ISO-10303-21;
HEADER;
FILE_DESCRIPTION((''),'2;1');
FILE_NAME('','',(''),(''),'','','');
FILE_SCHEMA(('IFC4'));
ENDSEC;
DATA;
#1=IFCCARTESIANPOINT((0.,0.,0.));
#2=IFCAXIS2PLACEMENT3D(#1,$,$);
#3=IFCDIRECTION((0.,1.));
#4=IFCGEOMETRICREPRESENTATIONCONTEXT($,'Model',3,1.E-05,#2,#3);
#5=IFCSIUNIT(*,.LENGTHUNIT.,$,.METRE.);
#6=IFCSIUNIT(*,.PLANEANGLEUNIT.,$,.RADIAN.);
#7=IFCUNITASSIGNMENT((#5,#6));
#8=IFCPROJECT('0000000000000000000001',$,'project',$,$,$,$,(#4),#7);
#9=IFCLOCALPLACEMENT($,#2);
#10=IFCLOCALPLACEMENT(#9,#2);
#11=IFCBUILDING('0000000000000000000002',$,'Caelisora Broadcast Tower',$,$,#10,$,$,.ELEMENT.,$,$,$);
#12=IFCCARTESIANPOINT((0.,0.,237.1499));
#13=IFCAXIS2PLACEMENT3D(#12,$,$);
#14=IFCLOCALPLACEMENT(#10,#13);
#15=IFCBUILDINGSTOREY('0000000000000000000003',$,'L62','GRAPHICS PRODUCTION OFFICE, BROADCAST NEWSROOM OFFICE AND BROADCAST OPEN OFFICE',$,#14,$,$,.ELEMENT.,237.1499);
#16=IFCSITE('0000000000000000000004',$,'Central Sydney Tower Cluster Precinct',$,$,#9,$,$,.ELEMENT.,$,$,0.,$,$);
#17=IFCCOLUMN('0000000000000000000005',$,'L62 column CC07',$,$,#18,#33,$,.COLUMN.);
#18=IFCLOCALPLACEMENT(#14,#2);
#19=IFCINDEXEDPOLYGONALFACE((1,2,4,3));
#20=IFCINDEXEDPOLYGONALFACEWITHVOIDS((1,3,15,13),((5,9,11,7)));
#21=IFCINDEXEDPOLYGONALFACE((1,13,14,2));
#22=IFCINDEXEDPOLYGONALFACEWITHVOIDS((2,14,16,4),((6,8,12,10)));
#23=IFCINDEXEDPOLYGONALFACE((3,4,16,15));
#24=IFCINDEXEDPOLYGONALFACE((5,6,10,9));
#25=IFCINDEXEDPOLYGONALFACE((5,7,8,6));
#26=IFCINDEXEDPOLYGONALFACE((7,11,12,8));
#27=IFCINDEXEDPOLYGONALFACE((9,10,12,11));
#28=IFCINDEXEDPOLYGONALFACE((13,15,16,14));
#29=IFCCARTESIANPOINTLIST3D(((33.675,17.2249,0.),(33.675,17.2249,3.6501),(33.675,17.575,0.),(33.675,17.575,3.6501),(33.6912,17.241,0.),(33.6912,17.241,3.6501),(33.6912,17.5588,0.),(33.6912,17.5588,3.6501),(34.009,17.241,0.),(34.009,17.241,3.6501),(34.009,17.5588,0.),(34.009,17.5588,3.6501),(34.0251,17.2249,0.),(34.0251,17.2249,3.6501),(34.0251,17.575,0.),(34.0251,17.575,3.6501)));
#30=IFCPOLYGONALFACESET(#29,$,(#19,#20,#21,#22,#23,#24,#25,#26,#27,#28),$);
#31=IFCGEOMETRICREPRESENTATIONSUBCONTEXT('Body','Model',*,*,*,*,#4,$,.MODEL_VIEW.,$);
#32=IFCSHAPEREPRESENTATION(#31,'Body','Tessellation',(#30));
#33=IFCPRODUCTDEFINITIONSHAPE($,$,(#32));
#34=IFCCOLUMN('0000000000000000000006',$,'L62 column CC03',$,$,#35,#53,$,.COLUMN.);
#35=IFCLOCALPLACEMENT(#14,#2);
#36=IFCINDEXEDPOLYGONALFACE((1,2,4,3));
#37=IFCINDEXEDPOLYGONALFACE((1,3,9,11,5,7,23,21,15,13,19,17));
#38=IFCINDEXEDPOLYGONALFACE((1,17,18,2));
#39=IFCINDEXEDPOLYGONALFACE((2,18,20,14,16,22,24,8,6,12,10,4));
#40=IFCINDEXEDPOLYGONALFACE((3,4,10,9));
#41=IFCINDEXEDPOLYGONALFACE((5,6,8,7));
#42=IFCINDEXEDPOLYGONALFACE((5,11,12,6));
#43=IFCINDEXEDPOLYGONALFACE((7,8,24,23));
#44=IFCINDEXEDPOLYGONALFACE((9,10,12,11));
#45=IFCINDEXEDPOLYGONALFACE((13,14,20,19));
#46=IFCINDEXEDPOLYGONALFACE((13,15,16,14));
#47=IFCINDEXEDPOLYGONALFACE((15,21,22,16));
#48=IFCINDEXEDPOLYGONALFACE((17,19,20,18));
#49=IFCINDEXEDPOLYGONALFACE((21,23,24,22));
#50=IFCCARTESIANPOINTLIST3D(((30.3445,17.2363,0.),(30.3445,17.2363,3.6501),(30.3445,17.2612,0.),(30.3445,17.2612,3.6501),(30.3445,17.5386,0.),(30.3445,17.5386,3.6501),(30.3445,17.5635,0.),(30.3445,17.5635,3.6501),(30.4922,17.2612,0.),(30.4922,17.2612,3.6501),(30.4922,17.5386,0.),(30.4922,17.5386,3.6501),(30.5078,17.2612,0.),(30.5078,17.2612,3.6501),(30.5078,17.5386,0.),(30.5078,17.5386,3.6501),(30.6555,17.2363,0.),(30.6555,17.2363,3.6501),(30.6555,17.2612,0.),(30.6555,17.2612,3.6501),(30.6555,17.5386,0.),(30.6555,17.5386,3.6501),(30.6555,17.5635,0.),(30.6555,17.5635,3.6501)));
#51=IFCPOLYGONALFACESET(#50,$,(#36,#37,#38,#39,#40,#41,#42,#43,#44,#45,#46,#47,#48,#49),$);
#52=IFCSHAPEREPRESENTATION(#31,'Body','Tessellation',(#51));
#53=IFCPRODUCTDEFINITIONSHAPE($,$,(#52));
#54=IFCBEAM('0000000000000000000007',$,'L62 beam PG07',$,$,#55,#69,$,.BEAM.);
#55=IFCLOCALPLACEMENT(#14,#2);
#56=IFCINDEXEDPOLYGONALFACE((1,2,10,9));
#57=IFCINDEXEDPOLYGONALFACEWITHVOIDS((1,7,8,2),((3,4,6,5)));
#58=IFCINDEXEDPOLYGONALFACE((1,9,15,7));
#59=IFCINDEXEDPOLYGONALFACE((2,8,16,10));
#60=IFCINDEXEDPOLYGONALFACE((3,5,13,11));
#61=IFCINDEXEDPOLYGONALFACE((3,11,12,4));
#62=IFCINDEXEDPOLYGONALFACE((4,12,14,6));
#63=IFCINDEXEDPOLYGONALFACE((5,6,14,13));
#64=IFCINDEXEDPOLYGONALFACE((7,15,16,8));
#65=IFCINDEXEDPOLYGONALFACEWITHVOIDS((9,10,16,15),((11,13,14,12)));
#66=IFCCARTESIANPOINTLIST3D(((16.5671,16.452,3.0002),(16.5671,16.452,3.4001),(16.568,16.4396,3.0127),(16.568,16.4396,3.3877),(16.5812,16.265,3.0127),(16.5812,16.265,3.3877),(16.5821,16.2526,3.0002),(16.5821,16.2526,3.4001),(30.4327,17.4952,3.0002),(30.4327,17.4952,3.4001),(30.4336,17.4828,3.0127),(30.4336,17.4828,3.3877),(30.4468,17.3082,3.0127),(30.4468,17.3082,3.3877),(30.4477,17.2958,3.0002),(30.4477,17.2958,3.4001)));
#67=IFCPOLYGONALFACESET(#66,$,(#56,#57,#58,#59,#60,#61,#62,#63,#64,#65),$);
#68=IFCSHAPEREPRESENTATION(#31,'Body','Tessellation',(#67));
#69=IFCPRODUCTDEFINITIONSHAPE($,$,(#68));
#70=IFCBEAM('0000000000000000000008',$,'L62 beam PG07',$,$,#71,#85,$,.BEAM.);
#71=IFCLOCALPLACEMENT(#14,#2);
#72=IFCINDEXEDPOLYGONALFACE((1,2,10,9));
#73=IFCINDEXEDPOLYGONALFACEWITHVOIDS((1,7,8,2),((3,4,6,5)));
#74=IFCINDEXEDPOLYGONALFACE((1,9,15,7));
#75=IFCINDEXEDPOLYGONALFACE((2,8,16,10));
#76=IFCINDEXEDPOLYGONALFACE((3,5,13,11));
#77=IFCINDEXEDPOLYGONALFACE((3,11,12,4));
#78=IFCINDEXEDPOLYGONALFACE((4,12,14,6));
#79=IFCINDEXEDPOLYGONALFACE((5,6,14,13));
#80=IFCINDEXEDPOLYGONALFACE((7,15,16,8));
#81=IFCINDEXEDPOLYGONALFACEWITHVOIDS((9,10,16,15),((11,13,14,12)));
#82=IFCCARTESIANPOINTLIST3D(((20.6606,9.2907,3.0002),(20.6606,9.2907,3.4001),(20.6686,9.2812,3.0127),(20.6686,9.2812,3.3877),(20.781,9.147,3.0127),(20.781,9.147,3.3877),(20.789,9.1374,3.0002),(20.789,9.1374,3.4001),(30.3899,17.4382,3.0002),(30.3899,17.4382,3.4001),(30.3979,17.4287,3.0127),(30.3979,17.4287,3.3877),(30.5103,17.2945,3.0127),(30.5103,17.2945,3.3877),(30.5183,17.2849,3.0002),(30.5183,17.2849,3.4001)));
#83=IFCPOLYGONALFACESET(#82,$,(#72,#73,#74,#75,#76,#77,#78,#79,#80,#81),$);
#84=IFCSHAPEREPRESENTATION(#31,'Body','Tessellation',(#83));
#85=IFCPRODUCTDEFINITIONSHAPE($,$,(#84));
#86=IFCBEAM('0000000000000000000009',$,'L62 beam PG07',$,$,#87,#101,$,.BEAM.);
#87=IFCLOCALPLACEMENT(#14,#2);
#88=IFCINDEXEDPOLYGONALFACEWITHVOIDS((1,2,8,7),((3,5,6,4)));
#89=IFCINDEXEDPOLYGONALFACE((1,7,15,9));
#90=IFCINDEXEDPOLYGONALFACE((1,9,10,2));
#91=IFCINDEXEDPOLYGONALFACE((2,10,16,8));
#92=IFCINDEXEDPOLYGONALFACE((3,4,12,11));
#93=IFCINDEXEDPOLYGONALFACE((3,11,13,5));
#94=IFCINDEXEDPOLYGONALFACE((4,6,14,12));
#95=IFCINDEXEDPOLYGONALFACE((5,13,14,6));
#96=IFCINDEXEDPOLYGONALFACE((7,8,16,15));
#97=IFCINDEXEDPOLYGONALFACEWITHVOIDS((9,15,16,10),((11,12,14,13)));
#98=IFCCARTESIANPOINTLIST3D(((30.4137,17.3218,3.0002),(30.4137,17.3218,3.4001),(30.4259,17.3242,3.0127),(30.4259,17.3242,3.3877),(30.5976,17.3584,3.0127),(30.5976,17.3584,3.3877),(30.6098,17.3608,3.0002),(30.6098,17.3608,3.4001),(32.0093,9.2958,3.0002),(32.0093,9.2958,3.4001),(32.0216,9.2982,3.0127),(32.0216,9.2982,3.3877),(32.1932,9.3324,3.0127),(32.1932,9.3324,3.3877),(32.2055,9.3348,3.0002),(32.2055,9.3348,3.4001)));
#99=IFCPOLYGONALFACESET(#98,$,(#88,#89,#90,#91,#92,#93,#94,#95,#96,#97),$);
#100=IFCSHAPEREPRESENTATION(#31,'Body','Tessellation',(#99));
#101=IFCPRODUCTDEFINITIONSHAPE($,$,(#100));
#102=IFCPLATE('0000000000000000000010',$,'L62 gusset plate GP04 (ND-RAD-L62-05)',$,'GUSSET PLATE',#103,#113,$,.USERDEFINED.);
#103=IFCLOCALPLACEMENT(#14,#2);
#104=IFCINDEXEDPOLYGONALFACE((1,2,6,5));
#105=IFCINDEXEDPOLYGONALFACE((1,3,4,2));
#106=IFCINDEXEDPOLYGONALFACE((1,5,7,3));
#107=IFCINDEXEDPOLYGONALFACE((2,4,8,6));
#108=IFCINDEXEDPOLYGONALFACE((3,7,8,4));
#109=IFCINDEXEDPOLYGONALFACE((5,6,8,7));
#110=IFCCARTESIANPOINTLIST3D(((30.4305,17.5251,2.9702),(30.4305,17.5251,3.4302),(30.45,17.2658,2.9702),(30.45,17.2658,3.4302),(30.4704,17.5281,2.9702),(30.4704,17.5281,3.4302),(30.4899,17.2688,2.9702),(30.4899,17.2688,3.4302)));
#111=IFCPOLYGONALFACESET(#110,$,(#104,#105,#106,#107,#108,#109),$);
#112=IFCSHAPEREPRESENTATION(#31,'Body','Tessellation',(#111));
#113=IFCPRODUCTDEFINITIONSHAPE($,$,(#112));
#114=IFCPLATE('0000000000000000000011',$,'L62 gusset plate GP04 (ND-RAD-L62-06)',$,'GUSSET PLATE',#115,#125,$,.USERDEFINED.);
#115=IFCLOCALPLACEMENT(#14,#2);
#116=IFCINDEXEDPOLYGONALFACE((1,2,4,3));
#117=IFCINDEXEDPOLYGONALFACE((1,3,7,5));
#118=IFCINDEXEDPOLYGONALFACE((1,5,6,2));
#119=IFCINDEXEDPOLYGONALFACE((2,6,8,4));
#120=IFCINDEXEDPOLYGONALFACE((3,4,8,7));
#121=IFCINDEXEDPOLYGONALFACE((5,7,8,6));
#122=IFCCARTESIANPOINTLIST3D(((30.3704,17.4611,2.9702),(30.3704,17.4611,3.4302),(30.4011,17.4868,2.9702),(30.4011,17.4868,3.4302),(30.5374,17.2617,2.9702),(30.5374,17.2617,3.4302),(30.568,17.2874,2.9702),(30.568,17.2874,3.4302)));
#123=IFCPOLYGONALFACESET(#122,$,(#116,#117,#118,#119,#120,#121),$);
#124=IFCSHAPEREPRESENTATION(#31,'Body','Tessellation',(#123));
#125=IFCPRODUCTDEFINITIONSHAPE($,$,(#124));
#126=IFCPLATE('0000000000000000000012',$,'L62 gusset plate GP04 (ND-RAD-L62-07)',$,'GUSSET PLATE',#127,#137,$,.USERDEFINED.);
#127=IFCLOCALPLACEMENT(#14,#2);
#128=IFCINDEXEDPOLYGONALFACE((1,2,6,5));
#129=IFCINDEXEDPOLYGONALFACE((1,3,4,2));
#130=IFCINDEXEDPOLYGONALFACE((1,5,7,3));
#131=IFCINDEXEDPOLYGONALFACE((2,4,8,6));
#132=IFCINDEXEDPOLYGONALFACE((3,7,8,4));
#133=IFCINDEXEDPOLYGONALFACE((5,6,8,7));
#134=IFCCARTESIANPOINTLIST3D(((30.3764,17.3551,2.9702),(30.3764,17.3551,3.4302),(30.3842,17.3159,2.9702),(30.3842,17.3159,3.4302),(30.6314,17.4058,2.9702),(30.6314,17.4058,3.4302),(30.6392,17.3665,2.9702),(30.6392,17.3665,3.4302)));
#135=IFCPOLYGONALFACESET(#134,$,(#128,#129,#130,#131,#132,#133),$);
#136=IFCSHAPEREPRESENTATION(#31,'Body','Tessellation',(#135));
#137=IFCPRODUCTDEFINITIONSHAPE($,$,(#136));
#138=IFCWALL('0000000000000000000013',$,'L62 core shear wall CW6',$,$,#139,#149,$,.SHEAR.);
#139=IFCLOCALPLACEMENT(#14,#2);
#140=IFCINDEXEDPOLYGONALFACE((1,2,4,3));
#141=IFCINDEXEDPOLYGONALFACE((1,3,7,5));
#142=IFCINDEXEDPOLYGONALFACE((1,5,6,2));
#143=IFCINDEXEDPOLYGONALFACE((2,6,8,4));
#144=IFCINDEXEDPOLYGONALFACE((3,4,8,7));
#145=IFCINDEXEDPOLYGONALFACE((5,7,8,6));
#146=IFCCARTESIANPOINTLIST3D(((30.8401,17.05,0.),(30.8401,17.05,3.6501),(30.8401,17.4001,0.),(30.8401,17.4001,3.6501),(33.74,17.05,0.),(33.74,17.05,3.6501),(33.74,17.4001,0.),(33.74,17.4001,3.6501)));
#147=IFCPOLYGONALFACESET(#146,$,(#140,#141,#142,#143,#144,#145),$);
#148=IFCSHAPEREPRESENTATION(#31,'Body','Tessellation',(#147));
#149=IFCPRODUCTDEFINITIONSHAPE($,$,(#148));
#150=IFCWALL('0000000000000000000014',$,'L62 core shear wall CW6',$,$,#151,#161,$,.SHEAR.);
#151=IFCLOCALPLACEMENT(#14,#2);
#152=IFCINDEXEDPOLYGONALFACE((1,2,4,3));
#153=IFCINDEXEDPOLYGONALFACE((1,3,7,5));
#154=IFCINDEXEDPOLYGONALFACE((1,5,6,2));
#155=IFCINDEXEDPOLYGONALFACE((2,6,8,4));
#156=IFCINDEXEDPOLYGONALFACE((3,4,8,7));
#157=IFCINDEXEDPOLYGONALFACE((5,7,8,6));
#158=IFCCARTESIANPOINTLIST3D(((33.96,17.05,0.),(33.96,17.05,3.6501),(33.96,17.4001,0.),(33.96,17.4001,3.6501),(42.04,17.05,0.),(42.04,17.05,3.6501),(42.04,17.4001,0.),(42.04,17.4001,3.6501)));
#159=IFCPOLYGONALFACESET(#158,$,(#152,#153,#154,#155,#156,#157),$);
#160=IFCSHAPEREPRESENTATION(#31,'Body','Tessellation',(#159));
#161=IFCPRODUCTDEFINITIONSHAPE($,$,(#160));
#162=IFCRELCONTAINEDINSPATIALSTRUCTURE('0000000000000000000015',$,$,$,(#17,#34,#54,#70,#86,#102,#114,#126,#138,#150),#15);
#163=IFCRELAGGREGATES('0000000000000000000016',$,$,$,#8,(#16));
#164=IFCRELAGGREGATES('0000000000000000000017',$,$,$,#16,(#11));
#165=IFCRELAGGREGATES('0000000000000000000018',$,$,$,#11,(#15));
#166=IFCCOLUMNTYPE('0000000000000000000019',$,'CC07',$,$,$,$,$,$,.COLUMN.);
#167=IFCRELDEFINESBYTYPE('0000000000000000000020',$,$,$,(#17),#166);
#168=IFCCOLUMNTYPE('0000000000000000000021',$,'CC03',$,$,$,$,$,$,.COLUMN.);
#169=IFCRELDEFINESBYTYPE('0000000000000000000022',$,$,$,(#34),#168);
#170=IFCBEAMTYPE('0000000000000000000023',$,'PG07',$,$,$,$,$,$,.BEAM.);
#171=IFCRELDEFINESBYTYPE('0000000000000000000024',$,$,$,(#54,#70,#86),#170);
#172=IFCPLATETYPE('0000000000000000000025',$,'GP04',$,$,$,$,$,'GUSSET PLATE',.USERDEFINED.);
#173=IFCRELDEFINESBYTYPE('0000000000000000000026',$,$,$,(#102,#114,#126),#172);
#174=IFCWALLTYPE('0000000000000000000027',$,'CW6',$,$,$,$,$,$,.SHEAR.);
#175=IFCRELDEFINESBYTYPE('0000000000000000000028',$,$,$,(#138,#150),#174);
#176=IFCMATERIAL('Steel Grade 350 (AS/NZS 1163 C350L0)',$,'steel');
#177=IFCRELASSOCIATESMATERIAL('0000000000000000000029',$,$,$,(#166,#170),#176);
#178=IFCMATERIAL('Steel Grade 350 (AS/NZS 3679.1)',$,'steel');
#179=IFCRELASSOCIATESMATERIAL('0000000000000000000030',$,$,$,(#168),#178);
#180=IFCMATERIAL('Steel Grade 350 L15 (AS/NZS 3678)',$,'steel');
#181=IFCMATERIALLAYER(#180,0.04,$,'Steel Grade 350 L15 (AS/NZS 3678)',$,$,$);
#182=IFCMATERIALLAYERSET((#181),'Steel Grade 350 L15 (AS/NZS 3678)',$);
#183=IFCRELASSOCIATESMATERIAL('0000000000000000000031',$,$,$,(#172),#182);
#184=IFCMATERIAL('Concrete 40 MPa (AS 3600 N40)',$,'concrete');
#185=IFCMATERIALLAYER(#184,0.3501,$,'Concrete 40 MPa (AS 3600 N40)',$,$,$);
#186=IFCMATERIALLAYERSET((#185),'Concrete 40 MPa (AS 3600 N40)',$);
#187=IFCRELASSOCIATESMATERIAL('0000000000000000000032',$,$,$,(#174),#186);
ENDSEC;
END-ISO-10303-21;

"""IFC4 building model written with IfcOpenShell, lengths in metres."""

from ifc_helpers import new_model, si_unit, direction, frame, frame_2d, origin, origin_2d, place, context, subcontext, project, spatial, rectangle, hollow_rectangle, i_section, extrude, source, transform, mapped, material, layer, layer_set, material_profile, profile_set, type_object, type_shapes, element, save


model = new_model("IFC4")

# Units and contexts
model_context = context("Model", 3, precision=1e-05, world=origin(), true_north=direction((0.0, 1.0)))
body_context = subcontext(model_context, "Body", "Model", "MODEL_VIEW")
ifc_project = project(units=[si_unit("LENGTHUNIT", "METRE"), si_unit("PLANEANGLEUNIT", "RADIAN")], contexts=[model_context])

# Site, building, storey
site_placement = place(None, origin())
site = spatial("IfcSite", under=ifc_project, at=site_placement, Name="Central Sydney Tower Cluster Precinct", CompositionType="ELEMENT", RefElevation=0.0)
building_placement = place(site_placement, origin())
building = spatial("IfcBuilding", under=site, at=building_placement, Name="Caelisora Broadcast Tower", CompositionType="ELEMENT")
storey_placement = place(building_placement, frame((0.0, 0.0, 237.1499)))
storey = spatial("IfcBuildingStorey", under=building, at=storey_placement, Name="L62", Description="GRAPHICS PRODUCTION OFFICE, BROADCAST NEWSROOM OFFICE AND BROADCAST OPEN OFFICE", CompositionType="ELEMENT", Elevation=237.1499)

# Columns
ifc_material_1 = material(Name="Steel Grade 350 (AS/NZS 1163 C350L0)", Category="steel")
ifc_material_profile_1 = material_profile(ifc_material_1, hollow_rectangle(XDim=0.3501, YDim=0.3501, WallThickness=0.0161, at=origin_2d()), Name="Steel Grade 350 (AS/NZS 1163 C350L0)")
ifc_profile_set_1 = profile_set([ifc_material_profile_1], Name="Steel Grade 350 (AS/NZS 1163 C350L0)")
column_type_1 = type_object("IfcColumnType", Name="CC07", PredefinedType="COLUMN", material=ifc_profile_set_1)
shared_shape_1 = source(origin(), body_context, "Body", "SweptSolid", [
    extrude(hollow_rectangle(XDim=0.3501, YDim=0.3501, WallThickness=0.0161, at=origin_2d()), origin(), (0.0, 0.0, 1.0), 3.6501),
])
type_shapes(column_type_1, [shared_shape_1])
column_1_placement = place(storey_placement, frame((33.8501, 17.3999, 0.0), z_axis=(0.0, 0.0, 1.0), x_axis=(1.0, 0.0, 0.0)))
element("IfcColumn", 1, at=column_1_placement, inside=storey, type_object=column_type_1, Name="L62 column CC07", PredefinedType="COLUMN", context=body_context, shape_type="MappedRepresentation", body=[
    mapped(shared_shape_1, transform((0.0, 0.0, 0.0), scale=1.0)),
])
ifc_material_2 = material(Name="Steel Grade 350 (AS/NZS 3679.1)", Category="steel")
ifc_material_profile_2 = material_profile(ifc_material_2, i_section(OverallWidth=0.311, OverallDepth=0.3271, WebThickness=0.0156, FlangeThickness=0.0249, at=origin_2d()), Name="Steel Grade 350 (AS/NZS 3679.1)")
ifc_profile_set_2 = profile_set([ifc_material_profile_2], Name="Steel Grade 350 (AS/NZS 3679.1)")
column_type_2 = type_object("IfcColumnType", Name="CC03", PredefinedType="COLUMN", material=ifc_profile_set_2)
shared_shape_2 = source(origin(), body_context, "Body", "SweptSolid", [
    extrude(i_section(OverallWidth=0.311, OverallDepth=0.3271, WebThickness=0.0156, FlangeThickness=0.0249, at=origin_2d()), origin(), (0.0, 0.0, 1.0), 3.6501),
])
type_shapes(column_type_2, [shared_shape_2])
column_2_placement = place(storey_placement, frame((30.5, 17.3999, 0.0), z_axis=(0.0, 0.0, 1.0), x_axis=(1.0, 0.0, 0.0)))
element("IfcColumn", 2, at=column_2_placement, inside=storey, type_object=column_type_2, Name="L62 column CC03", PredefinedType="COLUMN", context=body_context, shape_type="MappedRepresentation", body=[
    mapped(shared_shape_2, transform((0.0, 0.0, 0.0), scale=1.0)),
])

# Beams
ifc_material_profile_3 = material_profile(ifc_material_1, hollow_rectangle(XDim=0.2, YDim=0.3999, WallThickness=0.0125, at=origin_2d()), Name="Steel Grade 350 (AS/NZS 1163 C350L0)")
ifc_profile_set_3 = profile_set([ifc_material_profile_3], Name="Steel Grade 350 (AS/NZS 1163 C350L0)")
beam_type = type_object("IfcBeamType", Name="PG07", PredefinedType="BEAM", material=ifc_profile_set_3)
shared_shape_3 = source(origin(), body_context, "Body", "SweptSolid", [
    extrude(hollow_rectangle(XDim=0.2, YDim=0.3999, WallThickness=0.0125, at=origin_2d()), origin(), (0.0, 0.0, 1.0), 13.9048),
])
beam_1_placement = place(storey_placement, frame((30.4402, 17.3955, 3.2002), z_axis=(-0.997182, -0.075026, 0.0), x_axis=(0.075026, -0.997182, 0.0)))
element("IfcBeam", 3, at=beam_1_placement, inside=storey, type_object=beam_type, Name="L62 beam PG07", PredefinedType="BEAM", context=body_context, shape_type="MappedRepresentation", body=[
    mapped(shared_shape_3, transform((0.0, 0.0, 0.0), scale=1.0)),
])
shared_shape_4 = source(origin(), body_context, "Body", "SweptSolid", [
    extrude(hollow_rectangle(XDim=0.2, YDim=0.3999, WallThickness=0.0125, at=origin_2d()), origin(), (0.0, 0.0, 1.0), 12.6902),
])
beam_2_placement = place(storey_placement, frame((30.4541, 17.3616, 3.2002), z_axis=(-0.766678, -0.642031, 0.0), x_axis=(0.642031, -0.766678, 0.0)))
element("IfcBeam", 4, at=beam_2_placement, inside=storey, type_object=beam_type, Name="L62 beam PG07", PredefinedType="BEAM", context=body_context, shape_type="MappedRepresentation", body=[
    mapped(shared_shape_4, transform((0.0, 0.0, 0.0), scale=1.0)),
])
shared_shape_5 = source(origin(), body_context, "Body", "SweptSolid", [
    extrude(hollow_rectangle(XDim=0.2, YDim=0.3999, WallThickness=0.0125, at=origin_2d()), origin(), (0.0, 0.0, 1.0), 8.1831),
])
type_shapes(beam_type, [shared_shape_3, shared_shape_4, shared_shape_5])
beam_3_placement = place(storey_placement, frame((30.5117, 17.3413, 3.2002), z_axis=(0.194997, -0.980804, 0.0), x_axis=(0.980804, 0.194997, 0.0)))
element("IfcBeam", 5, at=beam_3_placement, inside=storey, type_object=beam_type, Name="L62 beam PG07", PredefinedType="BEAM", context=body_context, shape_type="MappedRepresentation", body=[
    mapped(shared_shape_5, transform((0.0, 0.0, 0.0), scale=1.0)),
])

# Plates
ifc_material_3 = material(Name="Steel Grade 350 L15 (AS/NZS 3678)", Category="steel")
ifc_layer_1 = layer(ifc_material_3, 0.04, Name="Steel Grade 350 L15 (AS/NZS 3678)")
ifc_layer_set_1 = layer_set([ifc_layer_1], Name="Steel Grade 350 L15 (AS/NZS 3678)")
plate_type = type_object("IfcPlateType", Name="GP04", ElementType="GUSSET PLATE", PredefinedType="USERDEFINED", material=ifc_layer_set_1)
shared_shape_6 = source(origin(), body_context, "Body", "SweptSolid", [
    extrude(rectangle(XDim=0.26, YDim=0.04, at=origin_2d()), origin(), (0.0, 0.0, 1.0), 0.46),
])
type_shapes(plate_type, [shared_shape_6])
for number, where, z_axis, x_axis, name in (
    (6, (30.4602, 17.397, 2.9702), (0.0, 0.0, 1.0), (0.074979, -0.997185, 0.0), "L62 gusset plate GP04 (ND-RAD-L62-05)"),
    (7, (30.4692, 17.3743, 2.9702), (0.0, 0.0, 1.0), (0.641985, -0.766717, 0.0), "L62 gusset plate GP04 (ND-RAD-L62-06)"),
    (8, (30.5078, 17.3608, 2.9702), (0.0, 0.0, 1.0), (0.980819, 0.194919, 0.0), "L62 gusset plate GP04 (ND-RAD-L62-07)"),
):
    element("IfcPlate", number, at=place(storey_placement, frame(where, z_axis=z_axis, x_axis=x_axis)), inside=storey, type_object=plate_type, Name=name, ObjectType="GUSSET PLATE", PredefinedType="USERDEFINED", context=body_context, shape_type="MappedRepresentation", body=[
        mapped(shared_shape_6, transform((0.0, 0.0, 0.0), scale=1.0)),
    ])

# Walls
ifc_material_4 = material(Name="Concrete 40 MPa (AS 3600 N40)", Category="concrete")
ifc_layer_2 = layer(ifc_material_4, 0.3501, Name="Concrete 40 MPa (AS 3600 N40)")
ifc_layer_set_2 = layer_set([ifc_layer_2], Name="Concrete 40 MPa (AS 3600 N40)")
wall_type_1 = type_object("IfcWallType", Name="CW6", PredefinedType="SHEAR", material=ifc_layer_set_2)
wall_1_placement = place(storey_placement, frame((30.8401, 17.2251, 0.0), z_axis=(0.0, 0.0, 1.0), x_axis=(1.0, 0.0, 0.0)))
element("IfcWall", 9, at=wall_1_placement, inside=storey, type_object=wall_type_1, Name="L62 core shear wall CW6", PredefinedType="SHEAR", context=body_context, shape_type="SweptSolid", body=[
    extrude(rectangle(XDim=2.8999, YDim=0.3501, at=frame_2d((1.45, 0.0))), origin(), (0.0, 0.0, 1.0), 3.6501),
])
wall_2_placement = place(storey_placement, frame((33.96, 17.2251, 0.0), z_axis=(0.0, 0.0, 1.0), x_axis=(1.0, 0.0, 0.0)))
element("IfcWall", 10, at=wall_2_placement, inside=storey, type_object=wall_type_1, Name="L62 core shear wall CW6", PredefinedType="SHEAR", context=body_context, shape_type="SweptSolid", body=[
    extrude(rectangle(XDim=8.0801, YDim=0.3501, at=frame_2d((4.04, 0.0))), origin(), (0.0, 0.0, 1.0), 3.6501),
])

save(model, "model.ifc")
